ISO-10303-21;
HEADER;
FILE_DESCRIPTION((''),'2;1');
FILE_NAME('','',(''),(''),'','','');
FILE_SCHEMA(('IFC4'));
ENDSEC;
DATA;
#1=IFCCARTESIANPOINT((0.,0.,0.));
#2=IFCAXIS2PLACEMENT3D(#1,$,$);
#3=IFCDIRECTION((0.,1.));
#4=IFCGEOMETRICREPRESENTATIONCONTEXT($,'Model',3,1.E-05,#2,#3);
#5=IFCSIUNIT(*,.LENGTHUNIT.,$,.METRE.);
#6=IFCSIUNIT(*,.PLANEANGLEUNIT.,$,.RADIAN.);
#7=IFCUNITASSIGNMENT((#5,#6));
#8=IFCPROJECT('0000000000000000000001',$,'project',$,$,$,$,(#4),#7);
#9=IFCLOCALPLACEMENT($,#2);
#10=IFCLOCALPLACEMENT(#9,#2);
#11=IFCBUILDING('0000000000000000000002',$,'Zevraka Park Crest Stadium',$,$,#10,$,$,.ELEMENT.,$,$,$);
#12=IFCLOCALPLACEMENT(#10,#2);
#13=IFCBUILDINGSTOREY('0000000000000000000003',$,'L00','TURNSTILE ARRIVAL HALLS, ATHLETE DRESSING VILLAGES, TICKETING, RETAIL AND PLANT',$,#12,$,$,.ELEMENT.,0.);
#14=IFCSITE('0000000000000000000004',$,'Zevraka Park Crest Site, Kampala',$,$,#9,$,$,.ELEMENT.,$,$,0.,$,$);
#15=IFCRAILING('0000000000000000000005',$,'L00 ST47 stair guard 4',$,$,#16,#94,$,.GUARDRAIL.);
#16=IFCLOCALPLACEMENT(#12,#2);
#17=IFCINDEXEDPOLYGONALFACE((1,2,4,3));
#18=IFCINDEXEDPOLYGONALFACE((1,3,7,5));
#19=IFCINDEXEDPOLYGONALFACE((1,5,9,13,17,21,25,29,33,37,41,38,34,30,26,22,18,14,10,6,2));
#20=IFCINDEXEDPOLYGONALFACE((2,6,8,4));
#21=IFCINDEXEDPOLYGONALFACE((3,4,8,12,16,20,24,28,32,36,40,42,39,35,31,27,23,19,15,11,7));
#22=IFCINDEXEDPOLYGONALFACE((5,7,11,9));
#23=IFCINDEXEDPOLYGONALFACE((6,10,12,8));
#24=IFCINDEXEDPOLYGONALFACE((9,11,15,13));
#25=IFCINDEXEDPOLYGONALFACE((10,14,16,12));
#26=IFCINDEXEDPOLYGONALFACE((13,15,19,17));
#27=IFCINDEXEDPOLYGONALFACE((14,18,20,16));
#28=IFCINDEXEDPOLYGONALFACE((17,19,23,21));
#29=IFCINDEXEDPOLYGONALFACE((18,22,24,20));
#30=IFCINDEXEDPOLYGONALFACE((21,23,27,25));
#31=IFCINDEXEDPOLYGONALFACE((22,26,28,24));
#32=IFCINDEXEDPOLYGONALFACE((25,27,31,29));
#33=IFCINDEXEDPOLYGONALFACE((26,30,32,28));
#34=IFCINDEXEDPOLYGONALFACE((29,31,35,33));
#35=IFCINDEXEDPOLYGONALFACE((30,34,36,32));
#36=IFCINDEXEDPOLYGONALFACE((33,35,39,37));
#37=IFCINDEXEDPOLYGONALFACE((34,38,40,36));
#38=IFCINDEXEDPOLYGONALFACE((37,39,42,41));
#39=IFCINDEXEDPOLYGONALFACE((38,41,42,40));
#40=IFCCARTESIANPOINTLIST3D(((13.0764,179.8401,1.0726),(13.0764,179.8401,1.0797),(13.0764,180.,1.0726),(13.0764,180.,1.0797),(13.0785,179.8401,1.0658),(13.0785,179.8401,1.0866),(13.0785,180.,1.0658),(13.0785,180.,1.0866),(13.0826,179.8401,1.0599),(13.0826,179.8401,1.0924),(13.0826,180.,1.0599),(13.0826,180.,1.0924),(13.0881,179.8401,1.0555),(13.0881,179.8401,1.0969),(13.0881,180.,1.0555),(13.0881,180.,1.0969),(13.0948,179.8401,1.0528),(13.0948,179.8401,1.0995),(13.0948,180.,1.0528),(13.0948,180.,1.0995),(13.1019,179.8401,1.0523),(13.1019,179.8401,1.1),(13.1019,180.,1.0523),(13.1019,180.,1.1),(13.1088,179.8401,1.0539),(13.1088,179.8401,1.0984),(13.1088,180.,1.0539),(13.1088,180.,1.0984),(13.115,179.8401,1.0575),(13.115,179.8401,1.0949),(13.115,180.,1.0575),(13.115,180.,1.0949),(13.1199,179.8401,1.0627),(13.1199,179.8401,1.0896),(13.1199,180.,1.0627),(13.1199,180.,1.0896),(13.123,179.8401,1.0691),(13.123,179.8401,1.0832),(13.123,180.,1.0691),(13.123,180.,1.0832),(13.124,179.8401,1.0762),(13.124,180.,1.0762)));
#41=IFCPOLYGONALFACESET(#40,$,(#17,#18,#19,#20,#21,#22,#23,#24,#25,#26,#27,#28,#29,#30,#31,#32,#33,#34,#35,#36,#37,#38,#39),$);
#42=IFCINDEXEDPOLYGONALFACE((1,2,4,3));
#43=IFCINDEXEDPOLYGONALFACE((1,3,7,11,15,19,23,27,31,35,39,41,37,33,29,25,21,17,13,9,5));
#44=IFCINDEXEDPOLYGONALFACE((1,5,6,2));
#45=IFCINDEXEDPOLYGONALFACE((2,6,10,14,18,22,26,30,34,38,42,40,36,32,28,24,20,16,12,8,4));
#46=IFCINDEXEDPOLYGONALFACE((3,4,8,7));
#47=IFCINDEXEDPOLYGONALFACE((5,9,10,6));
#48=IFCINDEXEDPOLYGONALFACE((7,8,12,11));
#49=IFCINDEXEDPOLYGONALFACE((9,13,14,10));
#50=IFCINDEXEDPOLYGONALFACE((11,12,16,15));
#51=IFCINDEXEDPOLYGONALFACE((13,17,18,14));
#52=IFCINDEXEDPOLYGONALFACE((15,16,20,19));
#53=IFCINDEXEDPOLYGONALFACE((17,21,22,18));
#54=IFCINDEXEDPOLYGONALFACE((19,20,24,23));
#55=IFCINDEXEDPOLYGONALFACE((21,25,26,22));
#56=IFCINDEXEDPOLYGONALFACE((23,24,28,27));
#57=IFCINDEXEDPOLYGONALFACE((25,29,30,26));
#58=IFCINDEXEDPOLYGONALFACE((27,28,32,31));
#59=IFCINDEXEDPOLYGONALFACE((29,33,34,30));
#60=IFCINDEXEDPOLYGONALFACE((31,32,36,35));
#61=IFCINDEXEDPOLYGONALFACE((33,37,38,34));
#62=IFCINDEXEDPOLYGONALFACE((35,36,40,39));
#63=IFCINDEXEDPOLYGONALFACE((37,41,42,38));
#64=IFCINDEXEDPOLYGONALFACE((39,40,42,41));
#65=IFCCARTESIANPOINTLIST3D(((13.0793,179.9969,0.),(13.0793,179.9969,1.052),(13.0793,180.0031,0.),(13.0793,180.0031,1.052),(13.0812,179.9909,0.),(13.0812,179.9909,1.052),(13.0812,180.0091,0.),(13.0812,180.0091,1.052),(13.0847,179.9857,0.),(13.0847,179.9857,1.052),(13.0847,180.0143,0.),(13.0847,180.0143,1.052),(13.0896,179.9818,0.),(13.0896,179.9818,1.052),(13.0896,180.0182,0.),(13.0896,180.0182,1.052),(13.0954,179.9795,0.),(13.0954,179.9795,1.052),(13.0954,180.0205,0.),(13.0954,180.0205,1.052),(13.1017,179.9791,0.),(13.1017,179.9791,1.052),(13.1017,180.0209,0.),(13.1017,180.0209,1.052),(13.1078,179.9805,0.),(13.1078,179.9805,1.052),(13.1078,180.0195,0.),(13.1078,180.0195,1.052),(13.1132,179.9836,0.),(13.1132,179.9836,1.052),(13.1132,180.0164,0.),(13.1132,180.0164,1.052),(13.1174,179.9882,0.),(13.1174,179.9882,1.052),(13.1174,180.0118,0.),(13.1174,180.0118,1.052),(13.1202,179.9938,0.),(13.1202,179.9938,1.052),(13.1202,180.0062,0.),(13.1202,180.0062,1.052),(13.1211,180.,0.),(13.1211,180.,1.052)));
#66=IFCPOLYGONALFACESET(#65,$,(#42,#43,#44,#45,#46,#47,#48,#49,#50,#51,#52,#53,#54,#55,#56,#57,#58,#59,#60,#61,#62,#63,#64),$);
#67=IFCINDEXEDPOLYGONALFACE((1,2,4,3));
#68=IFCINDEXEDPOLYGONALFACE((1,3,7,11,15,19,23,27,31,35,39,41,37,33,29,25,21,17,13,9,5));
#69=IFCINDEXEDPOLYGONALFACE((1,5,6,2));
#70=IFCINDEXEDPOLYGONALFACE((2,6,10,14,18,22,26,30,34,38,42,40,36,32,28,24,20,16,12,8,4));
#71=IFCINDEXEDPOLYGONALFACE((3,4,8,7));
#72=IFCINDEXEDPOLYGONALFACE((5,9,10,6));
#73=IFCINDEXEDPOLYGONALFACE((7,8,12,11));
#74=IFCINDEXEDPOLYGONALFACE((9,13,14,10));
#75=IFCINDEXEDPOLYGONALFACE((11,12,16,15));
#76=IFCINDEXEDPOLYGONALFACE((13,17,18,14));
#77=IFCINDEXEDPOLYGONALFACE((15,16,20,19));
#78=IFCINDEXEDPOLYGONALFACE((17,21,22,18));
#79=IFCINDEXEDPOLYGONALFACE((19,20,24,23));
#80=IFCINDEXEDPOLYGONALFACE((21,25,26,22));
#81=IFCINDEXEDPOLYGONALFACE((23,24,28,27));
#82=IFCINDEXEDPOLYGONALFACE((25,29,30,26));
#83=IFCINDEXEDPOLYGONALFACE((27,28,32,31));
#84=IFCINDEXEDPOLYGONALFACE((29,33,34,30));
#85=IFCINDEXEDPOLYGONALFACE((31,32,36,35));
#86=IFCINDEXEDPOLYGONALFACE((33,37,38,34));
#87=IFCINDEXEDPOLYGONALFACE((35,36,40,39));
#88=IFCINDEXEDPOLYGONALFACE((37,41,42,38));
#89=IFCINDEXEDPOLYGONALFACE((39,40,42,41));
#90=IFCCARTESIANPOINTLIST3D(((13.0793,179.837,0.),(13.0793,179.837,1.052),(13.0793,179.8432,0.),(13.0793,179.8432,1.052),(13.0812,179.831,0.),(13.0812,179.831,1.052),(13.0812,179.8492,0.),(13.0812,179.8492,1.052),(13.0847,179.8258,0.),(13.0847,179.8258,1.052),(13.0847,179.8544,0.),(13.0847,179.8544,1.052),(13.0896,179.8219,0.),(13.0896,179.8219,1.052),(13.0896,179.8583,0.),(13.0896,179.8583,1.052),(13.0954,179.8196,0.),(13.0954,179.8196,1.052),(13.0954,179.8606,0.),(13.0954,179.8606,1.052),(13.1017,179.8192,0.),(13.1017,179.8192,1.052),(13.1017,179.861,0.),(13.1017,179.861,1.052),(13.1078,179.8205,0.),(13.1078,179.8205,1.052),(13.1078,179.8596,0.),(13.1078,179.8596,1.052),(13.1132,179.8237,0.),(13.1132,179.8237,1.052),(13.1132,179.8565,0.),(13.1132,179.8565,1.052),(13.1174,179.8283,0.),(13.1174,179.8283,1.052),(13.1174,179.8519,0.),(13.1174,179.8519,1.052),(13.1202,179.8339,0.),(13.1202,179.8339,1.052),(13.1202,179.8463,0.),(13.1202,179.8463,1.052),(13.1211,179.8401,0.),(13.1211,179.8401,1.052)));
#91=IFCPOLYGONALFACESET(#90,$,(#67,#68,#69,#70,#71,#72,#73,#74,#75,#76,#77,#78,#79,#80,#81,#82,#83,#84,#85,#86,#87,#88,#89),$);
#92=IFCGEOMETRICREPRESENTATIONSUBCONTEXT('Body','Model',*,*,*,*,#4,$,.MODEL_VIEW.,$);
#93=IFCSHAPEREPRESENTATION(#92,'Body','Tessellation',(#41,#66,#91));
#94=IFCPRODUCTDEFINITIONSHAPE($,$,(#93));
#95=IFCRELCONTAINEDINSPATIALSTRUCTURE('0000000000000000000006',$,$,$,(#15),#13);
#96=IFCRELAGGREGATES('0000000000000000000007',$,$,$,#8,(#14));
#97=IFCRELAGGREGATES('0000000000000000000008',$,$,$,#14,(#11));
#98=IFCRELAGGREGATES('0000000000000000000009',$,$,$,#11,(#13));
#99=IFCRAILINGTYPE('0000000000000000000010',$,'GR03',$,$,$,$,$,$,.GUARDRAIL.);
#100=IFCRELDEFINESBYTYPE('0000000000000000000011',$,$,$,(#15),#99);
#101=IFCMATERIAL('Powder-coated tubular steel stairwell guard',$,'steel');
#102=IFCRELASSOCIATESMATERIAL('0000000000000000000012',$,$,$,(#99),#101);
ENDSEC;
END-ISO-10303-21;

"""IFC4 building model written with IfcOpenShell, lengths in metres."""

from ifc_helpers import new_model, si_unit, direction, frame, origin, origin_2d, place, context, subcontext, project, spatial, circle, extrude, material, type_object, element, save


model = new_model("IFC4")

# Units and contexts
model_context = context("Model", 3, precision=1e-05, world=origin(), true_north=direction((0.0, 1.0)))
body_context = subcontext(model_context, "Body", "Model", "MODEL_VIEW")
ifc_project = project(units=[si_unit("LENGTHUNIT", "METRE"), si_unit("PLANEANGLEUNIT", "RADIAN")], contexts=[model_context])

# Site, building, storey
site_placement = place(None, origin())
site = spatial("IfcSite", under=ifc_project, at=site_placement, Name="Zevraka Park Crest Site, Kampala", CompositionType="ELEMENT", RefElevation=0.0)
building_placement = place(site_placement, origin())
building = spatial("IfcBuilding", under=site, at=building_placement, Name="Zevraka Park Crest Stadium", CompositionType="ELEMENT")
storey_placement = place(building_placement, origin())
storey = spatial("IfcBuildingStorey", under=building, at=storey_placement, Name="L00", Description="TURNSTILE ARRIVAL HALLS, ATHLETE DRESSING VILLAGES, TICKETING, RETAIL AND PLANT", CompositionType="ELEMENT", Elevation=0.0)

# Railing
ifc_material_1 = material(Name="Powder-coated tubular steel stairwell guard", Category="steel")
railing_type_1 = type_object("IfcRailingType", Name="GR03", PredefinedType="GUARDRAIL", material=ifc_material_1)
railing_1_placement = place(storey_placement, frame((13.1001, 180.0, 0.0)))
element("IfcRailing", 1, at=railing_1_placement, inside=storey, type_object=railing_type_1, Name="L00 ST47 stair guard 4", PredefinedType="GUARDRAIL", context=body_context, shape_type="SweptSolid", body=[
    extrude(circle(Radius=0.0239, at=origin_2d()), frame((0.0, 0.0, 1.0762), z_axis=(0.0, -1.0, 0.0), x_axis=(1.0, 0.0, 0.0)), (0.0, 0.0, 1.0), 0.1599),
    extrude(circle(Radius=0.021, at=origin_2d()), origin(), (0.0, 0.0, 1.0), 1.052),
    extrude(circle(Radius=0.021, at=origin_2d()), frame((0.0, -0.1599, 0.0)), (0.0, 0.0, 1.0), 1.052),
])

save(model, "model.ifc")
